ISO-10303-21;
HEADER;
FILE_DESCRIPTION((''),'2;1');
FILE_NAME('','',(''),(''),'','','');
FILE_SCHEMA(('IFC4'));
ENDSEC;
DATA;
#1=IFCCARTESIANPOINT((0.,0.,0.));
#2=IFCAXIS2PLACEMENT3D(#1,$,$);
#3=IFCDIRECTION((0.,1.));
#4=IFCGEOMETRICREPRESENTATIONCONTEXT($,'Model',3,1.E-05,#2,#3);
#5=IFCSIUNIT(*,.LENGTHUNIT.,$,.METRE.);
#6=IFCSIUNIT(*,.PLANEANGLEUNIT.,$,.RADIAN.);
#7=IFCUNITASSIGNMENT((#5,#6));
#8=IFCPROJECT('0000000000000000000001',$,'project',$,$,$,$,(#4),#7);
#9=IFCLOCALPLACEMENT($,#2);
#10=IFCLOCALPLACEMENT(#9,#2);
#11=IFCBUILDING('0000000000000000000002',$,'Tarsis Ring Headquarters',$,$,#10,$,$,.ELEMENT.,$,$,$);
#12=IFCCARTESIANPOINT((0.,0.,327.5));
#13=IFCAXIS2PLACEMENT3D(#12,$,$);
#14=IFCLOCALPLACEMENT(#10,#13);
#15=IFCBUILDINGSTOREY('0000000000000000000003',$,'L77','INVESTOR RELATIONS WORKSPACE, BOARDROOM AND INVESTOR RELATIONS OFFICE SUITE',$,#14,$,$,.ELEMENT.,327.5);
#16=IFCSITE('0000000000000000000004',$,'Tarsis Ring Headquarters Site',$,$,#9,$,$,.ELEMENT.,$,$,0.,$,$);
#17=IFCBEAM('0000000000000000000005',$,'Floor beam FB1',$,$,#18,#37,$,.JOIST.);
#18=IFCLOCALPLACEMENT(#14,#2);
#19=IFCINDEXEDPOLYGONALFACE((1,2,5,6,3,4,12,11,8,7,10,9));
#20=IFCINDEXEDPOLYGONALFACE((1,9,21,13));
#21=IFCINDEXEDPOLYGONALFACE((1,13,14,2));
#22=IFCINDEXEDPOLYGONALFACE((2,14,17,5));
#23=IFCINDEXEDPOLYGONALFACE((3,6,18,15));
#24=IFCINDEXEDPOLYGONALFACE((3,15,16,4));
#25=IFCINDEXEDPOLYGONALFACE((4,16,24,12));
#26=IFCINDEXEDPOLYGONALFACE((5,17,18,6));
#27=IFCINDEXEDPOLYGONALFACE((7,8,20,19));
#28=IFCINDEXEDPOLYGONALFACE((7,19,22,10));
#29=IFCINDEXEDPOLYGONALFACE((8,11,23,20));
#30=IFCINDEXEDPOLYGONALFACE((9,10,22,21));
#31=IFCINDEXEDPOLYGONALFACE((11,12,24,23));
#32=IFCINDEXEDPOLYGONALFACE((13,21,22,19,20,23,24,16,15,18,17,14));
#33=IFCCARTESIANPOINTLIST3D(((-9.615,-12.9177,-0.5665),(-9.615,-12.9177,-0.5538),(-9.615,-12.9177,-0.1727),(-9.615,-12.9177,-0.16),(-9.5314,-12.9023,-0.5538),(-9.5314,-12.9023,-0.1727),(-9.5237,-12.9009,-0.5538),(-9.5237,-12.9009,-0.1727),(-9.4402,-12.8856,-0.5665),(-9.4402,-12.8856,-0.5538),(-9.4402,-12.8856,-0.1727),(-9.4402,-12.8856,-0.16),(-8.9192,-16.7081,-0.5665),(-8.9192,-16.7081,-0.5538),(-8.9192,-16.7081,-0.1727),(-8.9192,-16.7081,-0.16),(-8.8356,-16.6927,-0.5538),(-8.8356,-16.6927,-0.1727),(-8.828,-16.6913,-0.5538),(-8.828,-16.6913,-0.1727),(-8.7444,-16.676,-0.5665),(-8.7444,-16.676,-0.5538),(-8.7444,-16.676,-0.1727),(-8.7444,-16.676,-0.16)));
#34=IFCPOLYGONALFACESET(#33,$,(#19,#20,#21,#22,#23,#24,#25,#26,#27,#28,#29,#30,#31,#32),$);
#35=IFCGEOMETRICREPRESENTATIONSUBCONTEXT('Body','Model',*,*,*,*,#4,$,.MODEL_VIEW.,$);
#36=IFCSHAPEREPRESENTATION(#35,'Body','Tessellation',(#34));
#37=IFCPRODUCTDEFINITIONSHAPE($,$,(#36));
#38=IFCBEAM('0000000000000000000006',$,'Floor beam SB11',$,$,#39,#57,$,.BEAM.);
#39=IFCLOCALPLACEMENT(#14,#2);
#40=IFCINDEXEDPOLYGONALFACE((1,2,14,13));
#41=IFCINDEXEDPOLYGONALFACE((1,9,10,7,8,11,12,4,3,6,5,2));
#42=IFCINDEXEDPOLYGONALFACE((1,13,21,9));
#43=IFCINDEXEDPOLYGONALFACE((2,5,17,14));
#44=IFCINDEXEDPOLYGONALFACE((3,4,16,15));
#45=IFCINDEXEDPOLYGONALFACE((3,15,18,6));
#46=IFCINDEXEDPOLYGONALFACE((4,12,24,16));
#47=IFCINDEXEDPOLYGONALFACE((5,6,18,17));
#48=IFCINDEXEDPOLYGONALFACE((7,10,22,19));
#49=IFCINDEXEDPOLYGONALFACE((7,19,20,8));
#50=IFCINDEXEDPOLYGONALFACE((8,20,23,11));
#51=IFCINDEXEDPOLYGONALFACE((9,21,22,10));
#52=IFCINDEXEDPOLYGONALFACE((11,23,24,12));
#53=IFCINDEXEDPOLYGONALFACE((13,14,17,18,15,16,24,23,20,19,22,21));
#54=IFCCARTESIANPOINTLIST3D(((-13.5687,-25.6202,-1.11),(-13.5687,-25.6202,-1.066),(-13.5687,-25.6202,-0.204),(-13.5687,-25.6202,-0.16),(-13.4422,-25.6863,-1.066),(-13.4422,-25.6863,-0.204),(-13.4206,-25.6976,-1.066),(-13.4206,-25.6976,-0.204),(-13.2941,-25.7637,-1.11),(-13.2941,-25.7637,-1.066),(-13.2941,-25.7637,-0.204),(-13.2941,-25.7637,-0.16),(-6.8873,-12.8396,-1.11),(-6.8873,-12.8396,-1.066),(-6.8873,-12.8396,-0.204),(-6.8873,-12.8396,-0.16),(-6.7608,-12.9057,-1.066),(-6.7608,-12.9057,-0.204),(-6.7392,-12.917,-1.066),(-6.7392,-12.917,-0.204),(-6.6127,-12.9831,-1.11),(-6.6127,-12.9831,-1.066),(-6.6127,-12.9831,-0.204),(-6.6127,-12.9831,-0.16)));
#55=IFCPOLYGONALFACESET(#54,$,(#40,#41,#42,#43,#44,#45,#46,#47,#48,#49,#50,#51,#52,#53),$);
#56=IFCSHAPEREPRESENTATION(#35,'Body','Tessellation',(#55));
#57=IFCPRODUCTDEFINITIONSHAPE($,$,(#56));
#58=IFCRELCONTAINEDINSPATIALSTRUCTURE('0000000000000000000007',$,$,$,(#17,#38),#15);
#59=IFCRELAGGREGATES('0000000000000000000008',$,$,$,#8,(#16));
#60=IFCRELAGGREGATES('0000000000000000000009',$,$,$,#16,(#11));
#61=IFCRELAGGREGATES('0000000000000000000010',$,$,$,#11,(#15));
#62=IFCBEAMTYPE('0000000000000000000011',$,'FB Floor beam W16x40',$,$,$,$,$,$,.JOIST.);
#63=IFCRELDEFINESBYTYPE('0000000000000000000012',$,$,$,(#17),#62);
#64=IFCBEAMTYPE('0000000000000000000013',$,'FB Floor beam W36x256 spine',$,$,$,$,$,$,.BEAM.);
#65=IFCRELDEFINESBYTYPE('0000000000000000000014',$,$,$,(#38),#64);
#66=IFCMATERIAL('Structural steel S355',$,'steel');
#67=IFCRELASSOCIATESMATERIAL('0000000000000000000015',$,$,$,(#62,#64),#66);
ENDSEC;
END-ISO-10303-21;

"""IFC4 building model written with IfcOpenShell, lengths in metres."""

from ifc_helpers import new_model, si_unit, direction, frame, origin, origin_2d, place, context, subcontext, project, spatial, i_section, extrude, material, material_profile, profile_set, type_object, element, save


model = new_model("IFC4")

# Units and contexts
model_context = context("Model", 3, precision=1e-05, world=origin(), true_north=direction((0.0, 1.0)))
body_context = subcontext(model_context, "Body", "Model", "MODEL_VIEW")
ifc_project = project(units=[si_unit("LENGTHUNIT", "METRE"), si_unit("PLANEANGLEUNIT", "RADIAN")], contexts=[model_context])

# Site, building, storey
site_placement = place(None, origin())
site = spatial("IfcSite", under=ifc_project, at=site_placement, Name="Tarsis Ring Headquarters Site", CompositionType="ELEMENT", RefElevation=0.0)
building_placement = place(site_placement, origin())
building = spatial("IfcBuilding", under=site, at=building_placement, Name="Tarsis Ring Headquarters", CompositionType="ELEMENT")
storey_placement = place(building_placement, frame((0.0, 0.0, 327.5)))
storey = spatial("IfcBuildingStorey", under=building, at=storey_placement, Name="L77", Description="INVESTOR RELATIONS WORKSPACE, BOARDROOM AND INVESTOR RELATIONS OFFICE SUITE", CompositionType="ELEMENT", Elevation=327.5)

# Beams
ifc_material_1 = material(Name="Structural steel S355", Category="steel")
ifc_material_profile_1 = material_profile(ifc_material_1, i_section(OverallWidth=0.1777, OverallDepth=0.4065, WebThickness=0.0078, FlangeThickness=0.0127, at=origin_2d()), Name="W16x40")
ifc_profile_set_1 = profile_set([ifc_material_profile_1], Name="Structural steel S355")
beam_type_1 = type_object("IfcBeamType", Name="FB Floor beam W16x40", PredefinedType="JOIST", material=ifc_profile_set_1)
beam_1_placement = place(storey_placement, frame((-9.5276, -12.9016, -0.3633), z_axis=(0.180546, -0.983566, 0.0), x_axis=(0.983566, 0.180546, 0.0)))
element("IfcBeam", 1, at=beam_1_placement, inside=storey, type_object=beam_type_1, Name="Floor beam FB1", PredefinedType="JOIST", context=body_context, shape_type="SweptSolid", body=[
    extrude(i_section(OverallWidth=0.1777, OverallDepth=0.4065, WebThickness=0.0078, FlangeThickness=0.0127, at=origin_2d()), origin(), (0.0, 0.0, 1.0), 3.8538),
])
ifc_material_profile_2 = material_profile(ifc_material_1, i_section(OverallWidth=0.3098, OverallDepth=0.95, WebThickness=0.0244, FlangeThickness=0.0439, at=origin_2d()), Name="W36x256")
ifc_profile_set_2 = profile_set([ifc_material_profile_2], Name="Structural steel S355")
beam_type_2 = type_object("IfcBeamType", Name="FB Floor beam W36x256 spine", PredefinedType="BEAM", material=ifc_profile_set_2)
beam_2_placement = place(storey_placement, frame((-6.75, -12.9114, -0.635), z_axis=(-0.463291, -0.886206, 0.0), x_axis=(0.886206, -0.463291, 0.0)))
element("IfcBeam", 2, at=beam_2_placement, inside=storey, type_object=beam_type_2, Name="Floor beam SB11", PredefinedType="BEAM", context=body_context, shape_type="SweptSolid", body=[
    extrude(i_section(OverallWidth=0.3098, OverallDepth=0.95, WebThickness=0.0244, FlangeThickness=0.0439, at=origin_2d()), origin(), (0.0, 0.0, 1.0), 14.4216),
])

save(model, "model.ifc")
